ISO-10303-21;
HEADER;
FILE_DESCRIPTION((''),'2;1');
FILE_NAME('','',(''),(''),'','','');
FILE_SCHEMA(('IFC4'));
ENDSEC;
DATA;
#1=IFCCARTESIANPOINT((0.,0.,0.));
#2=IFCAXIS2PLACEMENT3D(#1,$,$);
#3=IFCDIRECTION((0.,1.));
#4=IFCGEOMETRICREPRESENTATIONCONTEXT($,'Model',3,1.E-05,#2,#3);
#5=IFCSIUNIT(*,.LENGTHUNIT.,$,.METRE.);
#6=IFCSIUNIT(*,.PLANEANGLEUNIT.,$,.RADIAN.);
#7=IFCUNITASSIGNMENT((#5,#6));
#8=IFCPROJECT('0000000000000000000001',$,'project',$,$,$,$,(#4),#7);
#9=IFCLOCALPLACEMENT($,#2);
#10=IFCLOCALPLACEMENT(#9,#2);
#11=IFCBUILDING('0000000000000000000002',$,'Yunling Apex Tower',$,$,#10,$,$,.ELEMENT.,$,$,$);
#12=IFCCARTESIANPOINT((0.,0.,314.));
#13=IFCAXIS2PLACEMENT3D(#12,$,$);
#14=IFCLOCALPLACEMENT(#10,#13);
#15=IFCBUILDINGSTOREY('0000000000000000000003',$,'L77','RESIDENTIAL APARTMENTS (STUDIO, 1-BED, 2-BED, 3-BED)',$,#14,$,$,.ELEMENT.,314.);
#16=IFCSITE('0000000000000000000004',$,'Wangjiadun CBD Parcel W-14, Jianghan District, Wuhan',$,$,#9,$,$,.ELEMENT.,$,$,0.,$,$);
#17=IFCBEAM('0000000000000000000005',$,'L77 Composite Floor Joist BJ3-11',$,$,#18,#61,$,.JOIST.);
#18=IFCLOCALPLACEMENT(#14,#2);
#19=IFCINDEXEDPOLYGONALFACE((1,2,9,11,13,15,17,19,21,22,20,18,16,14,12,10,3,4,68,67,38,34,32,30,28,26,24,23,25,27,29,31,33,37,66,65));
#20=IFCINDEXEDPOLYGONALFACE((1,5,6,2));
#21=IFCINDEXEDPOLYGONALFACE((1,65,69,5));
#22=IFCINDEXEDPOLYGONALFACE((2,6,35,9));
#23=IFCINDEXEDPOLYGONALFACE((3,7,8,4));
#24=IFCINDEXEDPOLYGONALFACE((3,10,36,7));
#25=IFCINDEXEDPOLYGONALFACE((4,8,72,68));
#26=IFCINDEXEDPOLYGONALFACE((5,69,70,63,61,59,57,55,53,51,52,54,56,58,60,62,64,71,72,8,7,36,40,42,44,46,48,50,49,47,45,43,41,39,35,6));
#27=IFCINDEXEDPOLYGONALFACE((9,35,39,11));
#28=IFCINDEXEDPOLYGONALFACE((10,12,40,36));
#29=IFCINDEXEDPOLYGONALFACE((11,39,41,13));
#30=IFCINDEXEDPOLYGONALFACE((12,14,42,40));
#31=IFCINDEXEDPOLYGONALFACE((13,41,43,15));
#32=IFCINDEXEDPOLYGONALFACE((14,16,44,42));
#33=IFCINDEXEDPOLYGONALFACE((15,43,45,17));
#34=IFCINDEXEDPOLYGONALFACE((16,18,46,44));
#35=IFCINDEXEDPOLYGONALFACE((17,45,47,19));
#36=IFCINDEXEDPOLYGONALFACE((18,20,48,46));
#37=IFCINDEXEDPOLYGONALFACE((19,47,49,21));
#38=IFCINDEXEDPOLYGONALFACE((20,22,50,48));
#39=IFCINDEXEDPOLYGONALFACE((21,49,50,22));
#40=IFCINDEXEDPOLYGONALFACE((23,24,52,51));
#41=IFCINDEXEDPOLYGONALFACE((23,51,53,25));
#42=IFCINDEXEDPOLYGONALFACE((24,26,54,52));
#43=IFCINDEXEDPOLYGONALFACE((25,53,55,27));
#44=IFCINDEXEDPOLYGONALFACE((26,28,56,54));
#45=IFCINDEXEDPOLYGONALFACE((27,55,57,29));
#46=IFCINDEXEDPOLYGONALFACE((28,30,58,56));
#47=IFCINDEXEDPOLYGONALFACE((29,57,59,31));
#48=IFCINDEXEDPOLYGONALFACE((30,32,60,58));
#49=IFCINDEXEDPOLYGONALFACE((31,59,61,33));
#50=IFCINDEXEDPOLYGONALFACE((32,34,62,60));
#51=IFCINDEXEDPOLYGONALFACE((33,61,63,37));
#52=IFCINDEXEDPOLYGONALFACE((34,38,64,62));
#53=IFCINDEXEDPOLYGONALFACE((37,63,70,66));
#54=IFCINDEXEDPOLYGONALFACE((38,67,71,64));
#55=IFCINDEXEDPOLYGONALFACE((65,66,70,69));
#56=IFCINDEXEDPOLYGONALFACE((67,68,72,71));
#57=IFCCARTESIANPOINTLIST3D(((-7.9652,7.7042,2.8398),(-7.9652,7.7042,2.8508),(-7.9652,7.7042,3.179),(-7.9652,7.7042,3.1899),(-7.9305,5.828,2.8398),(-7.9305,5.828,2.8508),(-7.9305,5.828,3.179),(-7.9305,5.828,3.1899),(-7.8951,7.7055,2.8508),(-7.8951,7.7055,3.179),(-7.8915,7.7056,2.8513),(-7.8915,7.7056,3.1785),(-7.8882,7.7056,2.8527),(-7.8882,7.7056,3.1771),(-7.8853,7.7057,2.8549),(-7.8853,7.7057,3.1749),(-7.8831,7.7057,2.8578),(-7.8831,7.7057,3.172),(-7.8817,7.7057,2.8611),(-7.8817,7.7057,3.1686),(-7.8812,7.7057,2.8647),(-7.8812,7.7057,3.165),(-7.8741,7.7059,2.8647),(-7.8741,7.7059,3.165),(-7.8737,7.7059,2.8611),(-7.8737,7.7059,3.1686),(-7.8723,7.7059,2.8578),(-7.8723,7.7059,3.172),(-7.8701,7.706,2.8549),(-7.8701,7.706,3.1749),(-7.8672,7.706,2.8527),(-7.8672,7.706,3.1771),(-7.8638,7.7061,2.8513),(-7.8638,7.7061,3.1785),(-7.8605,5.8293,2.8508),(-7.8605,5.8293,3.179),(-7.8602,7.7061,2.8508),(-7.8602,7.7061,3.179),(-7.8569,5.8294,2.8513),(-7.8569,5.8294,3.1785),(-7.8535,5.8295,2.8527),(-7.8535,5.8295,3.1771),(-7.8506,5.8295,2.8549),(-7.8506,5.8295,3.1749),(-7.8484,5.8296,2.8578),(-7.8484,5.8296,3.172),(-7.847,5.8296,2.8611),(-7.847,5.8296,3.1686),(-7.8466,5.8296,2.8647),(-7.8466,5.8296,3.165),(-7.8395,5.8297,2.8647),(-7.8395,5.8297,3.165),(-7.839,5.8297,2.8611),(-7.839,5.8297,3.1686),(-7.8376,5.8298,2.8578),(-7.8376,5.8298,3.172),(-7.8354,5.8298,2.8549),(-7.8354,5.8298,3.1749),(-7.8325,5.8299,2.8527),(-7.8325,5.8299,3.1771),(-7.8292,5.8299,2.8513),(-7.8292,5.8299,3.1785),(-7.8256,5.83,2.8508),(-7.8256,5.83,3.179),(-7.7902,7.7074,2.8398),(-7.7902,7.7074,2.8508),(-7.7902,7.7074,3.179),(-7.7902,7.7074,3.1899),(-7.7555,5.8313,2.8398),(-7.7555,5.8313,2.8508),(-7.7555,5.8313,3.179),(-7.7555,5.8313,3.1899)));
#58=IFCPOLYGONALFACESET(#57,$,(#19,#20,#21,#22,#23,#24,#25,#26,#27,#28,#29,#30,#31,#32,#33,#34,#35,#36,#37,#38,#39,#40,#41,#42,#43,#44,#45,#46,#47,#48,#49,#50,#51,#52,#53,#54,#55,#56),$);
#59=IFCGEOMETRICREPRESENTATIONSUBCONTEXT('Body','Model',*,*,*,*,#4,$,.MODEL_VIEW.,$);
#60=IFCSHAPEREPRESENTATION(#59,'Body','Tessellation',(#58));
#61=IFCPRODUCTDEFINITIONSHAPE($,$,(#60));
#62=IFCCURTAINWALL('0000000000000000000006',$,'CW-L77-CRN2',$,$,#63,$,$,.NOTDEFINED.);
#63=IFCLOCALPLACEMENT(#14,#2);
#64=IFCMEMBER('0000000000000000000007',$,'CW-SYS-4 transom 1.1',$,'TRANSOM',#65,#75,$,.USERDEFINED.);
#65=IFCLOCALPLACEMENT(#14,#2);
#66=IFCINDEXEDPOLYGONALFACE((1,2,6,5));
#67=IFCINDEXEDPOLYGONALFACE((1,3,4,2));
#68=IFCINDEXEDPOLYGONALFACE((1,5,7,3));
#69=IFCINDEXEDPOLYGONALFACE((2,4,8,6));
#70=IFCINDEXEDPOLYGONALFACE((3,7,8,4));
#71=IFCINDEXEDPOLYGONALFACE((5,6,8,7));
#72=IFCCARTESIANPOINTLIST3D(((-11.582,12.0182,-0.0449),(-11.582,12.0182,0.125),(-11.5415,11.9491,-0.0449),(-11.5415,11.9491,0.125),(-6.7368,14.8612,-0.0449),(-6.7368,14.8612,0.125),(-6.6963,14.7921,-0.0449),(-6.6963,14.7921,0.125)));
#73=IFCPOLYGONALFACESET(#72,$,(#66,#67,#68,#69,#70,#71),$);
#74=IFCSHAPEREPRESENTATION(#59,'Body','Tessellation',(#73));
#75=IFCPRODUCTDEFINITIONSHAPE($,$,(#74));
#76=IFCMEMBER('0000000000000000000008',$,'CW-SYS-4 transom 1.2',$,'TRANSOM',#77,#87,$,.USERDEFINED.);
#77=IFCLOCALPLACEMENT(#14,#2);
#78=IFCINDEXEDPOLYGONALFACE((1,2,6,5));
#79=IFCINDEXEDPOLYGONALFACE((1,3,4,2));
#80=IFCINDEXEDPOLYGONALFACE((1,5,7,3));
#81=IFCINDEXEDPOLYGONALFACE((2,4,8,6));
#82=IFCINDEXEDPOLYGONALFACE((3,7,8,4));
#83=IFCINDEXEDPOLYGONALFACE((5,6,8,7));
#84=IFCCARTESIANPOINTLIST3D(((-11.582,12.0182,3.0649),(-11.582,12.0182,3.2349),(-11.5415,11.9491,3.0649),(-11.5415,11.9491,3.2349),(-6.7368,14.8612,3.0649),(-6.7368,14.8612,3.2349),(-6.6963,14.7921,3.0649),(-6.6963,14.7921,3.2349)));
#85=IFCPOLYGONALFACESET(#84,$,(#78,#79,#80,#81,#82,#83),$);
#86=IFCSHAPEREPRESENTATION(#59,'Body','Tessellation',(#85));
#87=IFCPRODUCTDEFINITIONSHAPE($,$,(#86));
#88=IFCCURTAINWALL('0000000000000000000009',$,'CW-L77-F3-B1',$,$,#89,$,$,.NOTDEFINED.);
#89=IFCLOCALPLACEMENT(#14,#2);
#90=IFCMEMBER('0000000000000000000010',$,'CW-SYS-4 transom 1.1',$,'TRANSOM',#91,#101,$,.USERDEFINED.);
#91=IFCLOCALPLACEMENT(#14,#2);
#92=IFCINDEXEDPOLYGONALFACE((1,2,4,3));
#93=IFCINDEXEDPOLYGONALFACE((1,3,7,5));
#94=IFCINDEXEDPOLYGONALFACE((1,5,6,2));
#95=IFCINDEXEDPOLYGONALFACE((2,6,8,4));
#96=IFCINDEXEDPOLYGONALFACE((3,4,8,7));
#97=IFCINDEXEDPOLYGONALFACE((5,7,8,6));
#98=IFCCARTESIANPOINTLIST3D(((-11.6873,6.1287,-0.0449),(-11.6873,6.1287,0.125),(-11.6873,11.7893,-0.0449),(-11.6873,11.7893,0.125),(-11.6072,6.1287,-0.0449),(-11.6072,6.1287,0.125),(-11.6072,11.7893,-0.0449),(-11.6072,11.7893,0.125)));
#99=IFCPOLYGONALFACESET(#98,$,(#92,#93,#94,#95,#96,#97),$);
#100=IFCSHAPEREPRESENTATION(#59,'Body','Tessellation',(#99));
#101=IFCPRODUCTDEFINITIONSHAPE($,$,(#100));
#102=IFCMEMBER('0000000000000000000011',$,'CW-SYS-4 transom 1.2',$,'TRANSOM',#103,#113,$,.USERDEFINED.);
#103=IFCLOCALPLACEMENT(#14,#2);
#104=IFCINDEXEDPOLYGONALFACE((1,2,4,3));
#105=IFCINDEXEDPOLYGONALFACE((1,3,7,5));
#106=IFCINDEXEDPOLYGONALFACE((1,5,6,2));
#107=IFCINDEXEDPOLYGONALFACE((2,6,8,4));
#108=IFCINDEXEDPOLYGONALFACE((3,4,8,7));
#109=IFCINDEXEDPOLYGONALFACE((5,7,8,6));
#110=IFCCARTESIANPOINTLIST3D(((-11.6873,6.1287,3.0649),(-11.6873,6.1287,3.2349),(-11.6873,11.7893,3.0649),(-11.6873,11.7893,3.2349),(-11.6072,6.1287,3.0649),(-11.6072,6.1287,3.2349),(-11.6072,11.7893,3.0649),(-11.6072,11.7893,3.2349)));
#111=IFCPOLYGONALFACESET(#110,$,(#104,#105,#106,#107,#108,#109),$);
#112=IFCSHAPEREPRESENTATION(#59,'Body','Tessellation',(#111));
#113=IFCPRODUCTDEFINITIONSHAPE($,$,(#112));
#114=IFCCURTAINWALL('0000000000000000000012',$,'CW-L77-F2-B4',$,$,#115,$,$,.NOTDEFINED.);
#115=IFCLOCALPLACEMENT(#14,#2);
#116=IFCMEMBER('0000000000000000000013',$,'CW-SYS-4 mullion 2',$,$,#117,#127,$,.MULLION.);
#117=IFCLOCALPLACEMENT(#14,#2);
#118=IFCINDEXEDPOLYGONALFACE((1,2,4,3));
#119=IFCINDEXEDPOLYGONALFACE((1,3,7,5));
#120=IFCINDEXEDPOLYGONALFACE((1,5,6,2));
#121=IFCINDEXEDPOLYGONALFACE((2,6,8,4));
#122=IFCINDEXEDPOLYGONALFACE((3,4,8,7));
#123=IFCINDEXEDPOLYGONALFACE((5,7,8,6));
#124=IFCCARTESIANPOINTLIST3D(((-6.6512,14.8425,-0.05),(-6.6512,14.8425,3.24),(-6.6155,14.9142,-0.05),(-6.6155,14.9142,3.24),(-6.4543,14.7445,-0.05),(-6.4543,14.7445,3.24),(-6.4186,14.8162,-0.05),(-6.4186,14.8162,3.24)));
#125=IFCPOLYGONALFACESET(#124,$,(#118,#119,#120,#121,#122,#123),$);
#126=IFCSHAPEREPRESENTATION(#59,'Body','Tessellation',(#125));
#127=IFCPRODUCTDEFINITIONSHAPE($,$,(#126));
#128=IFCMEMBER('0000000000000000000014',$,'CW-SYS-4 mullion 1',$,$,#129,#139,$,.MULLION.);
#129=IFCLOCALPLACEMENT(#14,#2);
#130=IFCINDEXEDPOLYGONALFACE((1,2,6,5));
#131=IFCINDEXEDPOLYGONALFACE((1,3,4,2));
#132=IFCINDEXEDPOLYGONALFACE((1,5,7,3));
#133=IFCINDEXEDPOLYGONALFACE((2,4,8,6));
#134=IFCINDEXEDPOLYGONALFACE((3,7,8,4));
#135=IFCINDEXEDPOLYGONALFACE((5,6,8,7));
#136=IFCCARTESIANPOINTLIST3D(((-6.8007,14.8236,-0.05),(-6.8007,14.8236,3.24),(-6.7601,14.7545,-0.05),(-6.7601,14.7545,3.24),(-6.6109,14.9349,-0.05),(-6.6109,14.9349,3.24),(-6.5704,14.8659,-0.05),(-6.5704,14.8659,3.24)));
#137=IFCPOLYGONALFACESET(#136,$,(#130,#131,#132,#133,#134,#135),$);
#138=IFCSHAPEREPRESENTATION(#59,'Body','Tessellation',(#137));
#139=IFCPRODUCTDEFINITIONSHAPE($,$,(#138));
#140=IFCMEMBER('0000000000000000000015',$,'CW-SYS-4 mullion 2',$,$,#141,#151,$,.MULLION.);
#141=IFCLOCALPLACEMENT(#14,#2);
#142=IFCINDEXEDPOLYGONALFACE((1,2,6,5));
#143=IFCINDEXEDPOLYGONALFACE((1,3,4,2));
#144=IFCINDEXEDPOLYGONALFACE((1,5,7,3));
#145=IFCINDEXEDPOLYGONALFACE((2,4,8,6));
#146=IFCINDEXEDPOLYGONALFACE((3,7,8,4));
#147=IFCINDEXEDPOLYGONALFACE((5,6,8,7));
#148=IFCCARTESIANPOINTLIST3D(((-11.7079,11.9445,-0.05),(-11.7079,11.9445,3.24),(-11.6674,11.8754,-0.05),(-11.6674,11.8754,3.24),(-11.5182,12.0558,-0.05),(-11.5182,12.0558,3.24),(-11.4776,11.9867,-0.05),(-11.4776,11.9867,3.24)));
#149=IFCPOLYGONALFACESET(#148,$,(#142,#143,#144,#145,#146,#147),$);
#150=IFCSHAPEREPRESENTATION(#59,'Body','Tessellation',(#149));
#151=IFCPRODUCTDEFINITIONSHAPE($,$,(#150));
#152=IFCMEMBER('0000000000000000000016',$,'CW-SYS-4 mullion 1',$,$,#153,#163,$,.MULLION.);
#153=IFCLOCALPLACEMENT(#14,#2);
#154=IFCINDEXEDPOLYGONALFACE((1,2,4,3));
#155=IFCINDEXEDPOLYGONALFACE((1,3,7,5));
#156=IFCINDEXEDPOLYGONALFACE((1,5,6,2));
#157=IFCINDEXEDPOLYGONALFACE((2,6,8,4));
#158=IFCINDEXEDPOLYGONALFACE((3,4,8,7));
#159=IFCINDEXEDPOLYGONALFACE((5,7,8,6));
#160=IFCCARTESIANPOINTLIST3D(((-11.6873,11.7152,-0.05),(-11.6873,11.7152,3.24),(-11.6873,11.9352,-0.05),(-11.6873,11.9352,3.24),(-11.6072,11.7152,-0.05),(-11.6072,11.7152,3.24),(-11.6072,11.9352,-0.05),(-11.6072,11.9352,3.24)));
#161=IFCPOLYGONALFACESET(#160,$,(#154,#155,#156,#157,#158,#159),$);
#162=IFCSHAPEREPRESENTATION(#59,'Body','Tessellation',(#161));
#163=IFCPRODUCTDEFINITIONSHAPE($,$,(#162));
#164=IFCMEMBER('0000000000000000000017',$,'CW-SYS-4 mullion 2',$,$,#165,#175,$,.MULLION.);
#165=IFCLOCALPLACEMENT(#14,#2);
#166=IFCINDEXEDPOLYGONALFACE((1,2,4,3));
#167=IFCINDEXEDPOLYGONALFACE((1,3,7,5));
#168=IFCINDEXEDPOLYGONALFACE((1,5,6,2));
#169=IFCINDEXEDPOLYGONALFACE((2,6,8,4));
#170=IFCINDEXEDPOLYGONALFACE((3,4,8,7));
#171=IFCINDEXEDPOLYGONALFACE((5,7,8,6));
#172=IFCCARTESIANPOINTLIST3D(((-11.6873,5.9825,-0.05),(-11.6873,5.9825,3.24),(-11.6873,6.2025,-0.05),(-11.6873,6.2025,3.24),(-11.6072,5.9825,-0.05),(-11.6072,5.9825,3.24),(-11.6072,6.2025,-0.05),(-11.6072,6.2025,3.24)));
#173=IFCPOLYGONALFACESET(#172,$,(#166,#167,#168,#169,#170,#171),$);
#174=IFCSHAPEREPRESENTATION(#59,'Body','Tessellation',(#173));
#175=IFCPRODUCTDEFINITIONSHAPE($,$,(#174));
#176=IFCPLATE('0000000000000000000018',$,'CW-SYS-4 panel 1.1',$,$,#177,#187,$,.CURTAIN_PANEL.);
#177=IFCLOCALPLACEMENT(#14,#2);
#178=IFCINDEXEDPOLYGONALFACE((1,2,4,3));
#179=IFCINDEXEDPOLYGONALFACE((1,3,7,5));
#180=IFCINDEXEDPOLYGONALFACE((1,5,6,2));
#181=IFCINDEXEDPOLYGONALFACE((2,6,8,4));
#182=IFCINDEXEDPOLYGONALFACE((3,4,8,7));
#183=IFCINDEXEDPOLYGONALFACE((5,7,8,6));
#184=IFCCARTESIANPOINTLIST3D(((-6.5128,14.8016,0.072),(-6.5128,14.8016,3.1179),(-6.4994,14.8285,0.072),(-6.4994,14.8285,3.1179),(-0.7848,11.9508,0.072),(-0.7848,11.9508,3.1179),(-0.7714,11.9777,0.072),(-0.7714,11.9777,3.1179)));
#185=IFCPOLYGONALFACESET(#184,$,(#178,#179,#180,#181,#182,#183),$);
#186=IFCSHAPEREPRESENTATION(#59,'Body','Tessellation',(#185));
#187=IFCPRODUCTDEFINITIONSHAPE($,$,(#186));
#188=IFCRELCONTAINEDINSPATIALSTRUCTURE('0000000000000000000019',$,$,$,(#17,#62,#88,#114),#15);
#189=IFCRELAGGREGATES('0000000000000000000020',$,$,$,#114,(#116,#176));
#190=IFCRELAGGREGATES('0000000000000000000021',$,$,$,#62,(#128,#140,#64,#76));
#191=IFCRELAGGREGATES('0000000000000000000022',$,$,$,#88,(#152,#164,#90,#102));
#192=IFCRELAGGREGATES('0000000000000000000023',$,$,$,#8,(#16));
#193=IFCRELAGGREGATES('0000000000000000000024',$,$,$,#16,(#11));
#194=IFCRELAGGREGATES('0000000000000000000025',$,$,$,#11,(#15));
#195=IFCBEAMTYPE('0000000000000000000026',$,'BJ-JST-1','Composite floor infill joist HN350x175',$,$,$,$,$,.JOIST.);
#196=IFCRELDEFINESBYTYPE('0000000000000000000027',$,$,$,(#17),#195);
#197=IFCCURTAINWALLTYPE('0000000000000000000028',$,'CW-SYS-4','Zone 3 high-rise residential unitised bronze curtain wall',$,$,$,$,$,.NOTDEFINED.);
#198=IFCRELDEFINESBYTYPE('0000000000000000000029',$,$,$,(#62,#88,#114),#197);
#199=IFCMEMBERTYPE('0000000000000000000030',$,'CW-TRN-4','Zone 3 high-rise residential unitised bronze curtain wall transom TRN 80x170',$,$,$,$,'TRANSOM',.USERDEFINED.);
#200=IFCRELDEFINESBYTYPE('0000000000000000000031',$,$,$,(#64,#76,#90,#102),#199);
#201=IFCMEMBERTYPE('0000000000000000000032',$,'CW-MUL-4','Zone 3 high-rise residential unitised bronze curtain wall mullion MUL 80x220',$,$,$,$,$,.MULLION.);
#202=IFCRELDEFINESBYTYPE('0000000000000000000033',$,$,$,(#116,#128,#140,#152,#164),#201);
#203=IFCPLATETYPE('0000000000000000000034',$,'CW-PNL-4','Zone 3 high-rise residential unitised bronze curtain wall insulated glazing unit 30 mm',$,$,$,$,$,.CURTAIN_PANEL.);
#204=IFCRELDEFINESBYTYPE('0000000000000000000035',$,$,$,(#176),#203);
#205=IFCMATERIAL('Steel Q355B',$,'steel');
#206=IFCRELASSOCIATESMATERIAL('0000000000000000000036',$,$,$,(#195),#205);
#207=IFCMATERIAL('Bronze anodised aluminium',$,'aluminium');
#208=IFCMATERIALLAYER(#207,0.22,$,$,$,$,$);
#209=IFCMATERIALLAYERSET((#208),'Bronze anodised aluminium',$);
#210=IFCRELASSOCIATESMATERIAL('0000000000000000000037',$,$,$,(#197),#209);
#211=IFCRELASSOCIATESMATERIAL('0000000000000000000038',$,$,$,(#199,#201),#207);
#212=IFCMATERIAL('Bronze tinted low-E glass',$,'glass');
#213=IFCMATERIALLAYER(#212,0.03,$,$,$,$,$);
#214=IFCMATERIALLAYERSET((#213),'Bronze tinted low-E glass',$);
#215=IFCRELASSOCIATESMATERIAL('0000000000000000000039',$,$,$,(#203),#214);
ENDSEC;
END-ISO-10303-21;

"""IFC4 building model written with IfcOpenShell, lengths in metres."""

from ifc_helpers import new_model, si_unit, direction, frame, origin, origin_2d, place, context, subcontext, project, spatial, rectangle, i_section, extrude, source, transform, mapped, material, layer, layer_set, material_profile, profile_set, type_object, element, aggregate, save


model = new_model("IFC4")

# Units and contexts
model_context = context("Model", 3, precision=1e-05, world=origin(), true_north=direction((0.0, 1.0)))
body_context = subcontext(model_context, "Body", "Model", "MODEL_VIEW")
ifc_project = project(units=[si_unit("LENGTHUNIT", "METRE"), si_unit("PLANEANGLEUNIT", "RADIAN")], contexts=[model_context])

# Site, building, storey
site_placement = place(None, origin())
site = spatial("IfcSite", under=ifc_project, at=site_placement, Name="Wangjiadun CBD Parcel W-14, Jianghan District, Wuhan", CompositionType="ELEMENT", RefElevation=0.0)
building_placement = place(site_placement, origin())
building = spatial("IfcBuilding", under=site, at=building_placement, Name="Yunling Apex Tower", CompositionType="ELEMENT")
storey_placement = place(building_placement, frame((0.0, 0.0, 314.0)))
storey = spatial("IfcBuildingStorey", under=building, at=storey_placement, Name="L77", Description="RESIDENTIAL APARTMENTS (STUDIO, 1-BED, 2-BED, 3-BED)", CompositionType="ELEMENT", Elevation=314.0)

# Shared definitions
ifc_material_1 = material(Name="Steel Q355B", Category="steel")

# Beam
ifc_material_profile_1 = material_profile(ifc_material_1, i_section(OverallWidth=0.175, OverallDepth=0.3501, WebThickness=0.0071, FlangeThickness=0.011, FilletRadius=0.0139, at=origin_2d()))
ifc_profile_set_1 = profile_set([ifc_material_profile_1], Name="Steel Q355B")
beam_type_1 = type_object("IfcBeamType", Name="BJ-JST-1", Description="Composite floor infill joist HN350x175", PredefinedType="JOIST", material=ifc_profile_set_1)
shared_shape_1 = source(origin(), body_context, "Body", "SweptSolid", [
    extrude(i_section(OverallWidth=0.175, OverallDepth=0.3501, WebThickness=0.0071, FlangeThickness=0.011, FilletRadius=0.0139, at=origin_2d()), origin(), (0.0, 0.0, 1.0), 1.8765),
])
beam_1_placement = place(storey_placement, frame((-7.8777, 7.7058, 3.0149), z_axis=(0.018474, -0.999829, 0.0), x_axis=(0.999829, 0.018474, 0.0)))
element("IfcBeam", 1, at=beam_1_placement, inside=storey, type_object=beam_type_1, Name="L77 Composite Floor Joist BJ3-11", PredefinedType="JOIST", context=body_context, shape_type="MappedRepresentation", body=[
    mapped(shared_shape_1, transform((0.0, 0.0, 0.0), scale=1.0)),
])

# Curtain walls, members
ifc_material_2 = material(Name="Bronze anodised aluminium", Category="aluminium")
ifc_layer_1 = layer(ifc_material_2, 0.22)
ifc_layer_set_1 = layer_set([ifc_layer_1], Name="Bronze anodised aluminium")
curtain_wall_type = type_object("IfcCurtainWallType", Name="CW-SYS-4", Description="Zone 3 high-rise residential unitised bronze curtain wall", PredefinedType="NOTDEFINED", material=ifc_layer_set_1)
curtain_wall_1_placement = place(storey_placement, origin())
curtain_wall_1 = element("IfcCurtainWall", 2, at=curtain_wall_1_placement, inside=storey, type_object=curtain_wall_type, Name="CW-L77-CRN2", PredefinedType="NOTDEFINED")
ifc_material_profile_2 = material_profile(ifc_material_2, rectangle(XDim=0.0801, YDim=0.1699, at=origin_2d()))
ifc_profile_set_2 = profile_set([ifc_material_profile_2], Name="Bronze anodised aluminium")
member_type_1 = type_object("IfcMemberType", Name="CW-TRN-4", Description="Zone 3 high-rise residential unitised bronze curtain wall transom TRN 80x170", ElementType="TRANSOM", PredefinedType="USERDEFINED", material=ifc_profile_set_2)
shared_shape_2 = source(origin(), body_context, "Body", "SweptSolid", [
    extrude(rectangle(XDim=0.0801, YDim=0.1699, at=origin_2d()), origin(), (0.0, 0.0, 1.0), 5.6177),
])
member_1_placement = place(storey_placement, frame((-6.7166, 14.8267, 0.04), z_axis=(-0.862487, -0.50608, 0.0), x_axis=(0.50608, -0.862487, 0.0)))
member_1 = element("IfcMember", 3, at=member_1_placement, type_object=member_type_1, Name="CW-SYS-4 transom 1.1", ObjectType="TRANSOM", PredefinedType="USERDEFINED", context=body_context, shape_type="MappedRepresentation", body=[
    mapped(shared_shape_2, transform((0.0, 0.0, 0.0), scale=1.0)),
])
member_2_placement = place(storey_placement, frame((-6.7166, 14.8267, 3.1499), z_axis=(-0.862487, -0.50608, 0.0), x_axis=(0.50608, -0.862487, 0.0)))
member_2 = element("IfcMember", 4, at=member_2_placement, type_object=member_type_1, Name="CW-SYS-4 transom 1.2", ObjectType="TRANSOM", PredefinedType="USERDEFINED", context=body_context, shape_type="MappedRepresentation", body=[
    mapped(shared_shape_2, transform((0.0, 0.0, 0.0), scale=1.0)),
])
curtain_wall_2_placement = place(storey_placement, origin())
curtain_wall_2 = element("IfcCurtainWall", 5, at=curtain_wall_2_placement, inside=storey, type_object=curtain_wall_type, Name="CW-L77-F3-B1", PredefinedType="NOTDEFINED")
shared_shape_3 = source(origin(), body_context, "Body", "SweptSolid", [
    extrude(rectangle(XDim=0.0801, YDim=0.1699, at=origin_2d()), origin(), (0.0, 0.0, 1.0), 5.6606),
])
member_3_placement = place(storey_placement, frame((-11.6472, 11.7893, 0.04), z_axis=(0.0, -1.0, 0.0), x_axis=(1.0, 0.0, 0.0)))
member_3 = element("IfcMember", 6, at=member_3_placement, type_object=member_type_1, Name="CW-SYS-4 transom 1.1", ObjectType="TRANSOM", PredefinedType="USERDEFINED", context=body_context, shape_type="MappedRepresentation", body=[
    mapped(shared_shape_3, transform((0.0, 0.0, 0.0), scale=1.0)),
])
member_4_placement = place(storey_placement, frame((-11.6472, 11.7893, 3.1499), z_axis=(0.0, -1.0, 0.0), x_axis=(1.0, 0.0, 0.0)))
member_4 = element("IfcMember", 7, at=member_4_placement, type_object=member_type_1, Name="CW-SYS-4 transom 1.2", ObjectType="TRANSOM", PredefinedType="USERDEFINED", context=body_context, shape_type="MappedRepresentation", body=[
    mapped(shared_shape_3, transform((0.0, 0.0, 0.0), scale=1.0)),
])

# Curtain wall, member
curtain_wall_3_placement = place(storey_placement, origin())
curtain_wall_3 = element("IfcCurtainWall", 8, at=curtain_wall_3_placement, inside=storey, type_object=curtain_wall_type, Name="CW-L77-F2-B4", PredefinedType="NOTDEFINED")
ifc_material_profile_3 = material_profile(ifc_material_2, rectangle(XDim=0.0801, YDim=0.22, at=origin_2d()))
ifc_profile_set_3 = profile_set([ifc_material_profile_3], Name="Bronze anodised aluminium")
member_type_2 = type_object("IfcMemberType", Name="CW-MUL-4", Description="Zone 3 high-rise residential unitised bronze curtain wall mullion MUL 80x220", PredefinedType="MULLION", material=ifc_profile_set_3)
shared_shape_4 = source(origin(), body_context, "Body", "SweptSolid", [
    extrude(rectangle(XDim=0.0801, YDim=0.22, at=origin_2d()), origin(), (0.0, 0.0, 1.0), 3.29),
])
member_5_placement = place(storey_placement, frame((-6.5349, 14.8293, -0.05), z_axis=(0.0, 0.0, 1.0), x_axis=(-0.445568, -0.895248, 0.0)))
member_5 = element("IfcMember", 9, at=member_5_placement, type_object=member_type_2, Name="CW-SYS-4 mullion 2", PredefinedType="MULLION", context=body_context, shape_type="MappedRepresentation", body=[
    mapped(shared_shape_4, transform((0.0, 0.0, 0.0), scale=1.0)),
])

# Members
member_6_placement = place(storey_placement, frame((-6.6855, 14.8447, -0.05), z_axis=(0.0, 0.0, 1.0), x_axis=(0.506057, -0.8625, 0.0)))
member_6 = element("IfcMember", 10, at=member_6_placement, type_object=member_type_2, Name="CW-SYS-4 mullion 1", PredefinedType="MULLION", context=body_context, shape_type="MappedRepresentation", body=[
    mapped(shared_shape_4, transform((0.0, 0.0, 0.0), scale=1.0)),
])
member_7_placement = place(storey_placement, frame((-11.5928, 11.9656, -0.05), z_axis=(0.0, 0.0, 1.0), x_axis=(0.506057, -0.8625, 0.0)))
member_7 = element("IfcMember", 11, at=member_7_placement, type_object=member_type_2, Name="CW-SYS-4 mullion 2", PredefinedType="MULLION", context=body_context, shape_type="MappedRepresentation", body=[
    mapped(shared_shape_4, transform((0.0, 0.0, 0.0), scale=1.0)),
])
member_8_placement = place(storey_placement, frame((-11.6472, 11.8252, -0.05), z_axis=(0.0, 0.0, 1.0), x_axis=(1.0, 0.0, 0.0)))
member_8 = element("IfcMember", 12, at=member_8_placement, type_object=member_type_2, Name="CW-SYS-4 mullion 1", PredefinedType="MULLION", context=body_context, shape_type="MappedRepresentation", body=[
    mapped(shared_shape_4, transform((0.0, 0.0, 0.0), scale=1.0)),
])
member_9_placement = place(storey_placement, frame((-11.6472, 6.0925, -0.05), z_axis=(0.0, 0.0, 1.0), x_axis=(1.0, 0.0, 0.0)))
member_9 = element("IfcMember", 13, at=member_9_placement, type_object=member_type_2, Name="CW-SYS-4 mullion 2", PredefinedType="MULLION", context=body_context, shape_type="MappedRepresentation", body=[
    mapped(shared_shape_4, transform((0.0, 0.0, 0.0), scale=1.0)),
])

# Plate
ifc_material_3 = material(Name="Bronze tinted low-E glass", Category="glass")
ifc_layer_2 = layer(ifc_material_3, 0.03)
ifc_layer_set_2 = layer_set([ifc_layer_2], Name="Bronze tinted low-E glass")
plate_type = type_object("IfcPlateType", Name="CW-PNL-4", Description="Zone 3 high-rise residential unitised bronze curtain wall insulated glazing unit 30 mm", PredefinedType="CURTAIN_PANEL", material=ifc_layer_set_2)
shared_shape_5 = source(origin(), body_context, "Body", "SweptSolid", [
    extrude(rectangle(XDim=6.3982, YDim=0.03, at=origin_2d()), origin(), (0.0, 0.0, 1.0), 3.0459),
])
plate_1_placement = place(storey_placement, frame((-3.6421, 13.3896, 0.072), z_axis=(0.0, 0.0, 1.0), x_axis=(-0.895248, 0.445568, 0.0)))
plate_1 = element("IfcPlate", 14, at=plate_1_placement, type_object=plate_type, Name="CW-SYS-4 panel 1.1", PredefinedType="CURTAIN_PANEL", context=body_context, shape_type="MappedRepresentation", body=[
    mapped(shared_shape_5, transform((0.0, 0.0, 0.0), scale=1.0)),
])
aggregate(curtain_wall_3, [member_5, plate_1])
aggregate(curtain_wall_1, [member_6, member_7, member_1, member_2])
aggregate(curtain_wall_2, [member_8, member_9, member_3, member_4])

save(model, "model.ifc")
